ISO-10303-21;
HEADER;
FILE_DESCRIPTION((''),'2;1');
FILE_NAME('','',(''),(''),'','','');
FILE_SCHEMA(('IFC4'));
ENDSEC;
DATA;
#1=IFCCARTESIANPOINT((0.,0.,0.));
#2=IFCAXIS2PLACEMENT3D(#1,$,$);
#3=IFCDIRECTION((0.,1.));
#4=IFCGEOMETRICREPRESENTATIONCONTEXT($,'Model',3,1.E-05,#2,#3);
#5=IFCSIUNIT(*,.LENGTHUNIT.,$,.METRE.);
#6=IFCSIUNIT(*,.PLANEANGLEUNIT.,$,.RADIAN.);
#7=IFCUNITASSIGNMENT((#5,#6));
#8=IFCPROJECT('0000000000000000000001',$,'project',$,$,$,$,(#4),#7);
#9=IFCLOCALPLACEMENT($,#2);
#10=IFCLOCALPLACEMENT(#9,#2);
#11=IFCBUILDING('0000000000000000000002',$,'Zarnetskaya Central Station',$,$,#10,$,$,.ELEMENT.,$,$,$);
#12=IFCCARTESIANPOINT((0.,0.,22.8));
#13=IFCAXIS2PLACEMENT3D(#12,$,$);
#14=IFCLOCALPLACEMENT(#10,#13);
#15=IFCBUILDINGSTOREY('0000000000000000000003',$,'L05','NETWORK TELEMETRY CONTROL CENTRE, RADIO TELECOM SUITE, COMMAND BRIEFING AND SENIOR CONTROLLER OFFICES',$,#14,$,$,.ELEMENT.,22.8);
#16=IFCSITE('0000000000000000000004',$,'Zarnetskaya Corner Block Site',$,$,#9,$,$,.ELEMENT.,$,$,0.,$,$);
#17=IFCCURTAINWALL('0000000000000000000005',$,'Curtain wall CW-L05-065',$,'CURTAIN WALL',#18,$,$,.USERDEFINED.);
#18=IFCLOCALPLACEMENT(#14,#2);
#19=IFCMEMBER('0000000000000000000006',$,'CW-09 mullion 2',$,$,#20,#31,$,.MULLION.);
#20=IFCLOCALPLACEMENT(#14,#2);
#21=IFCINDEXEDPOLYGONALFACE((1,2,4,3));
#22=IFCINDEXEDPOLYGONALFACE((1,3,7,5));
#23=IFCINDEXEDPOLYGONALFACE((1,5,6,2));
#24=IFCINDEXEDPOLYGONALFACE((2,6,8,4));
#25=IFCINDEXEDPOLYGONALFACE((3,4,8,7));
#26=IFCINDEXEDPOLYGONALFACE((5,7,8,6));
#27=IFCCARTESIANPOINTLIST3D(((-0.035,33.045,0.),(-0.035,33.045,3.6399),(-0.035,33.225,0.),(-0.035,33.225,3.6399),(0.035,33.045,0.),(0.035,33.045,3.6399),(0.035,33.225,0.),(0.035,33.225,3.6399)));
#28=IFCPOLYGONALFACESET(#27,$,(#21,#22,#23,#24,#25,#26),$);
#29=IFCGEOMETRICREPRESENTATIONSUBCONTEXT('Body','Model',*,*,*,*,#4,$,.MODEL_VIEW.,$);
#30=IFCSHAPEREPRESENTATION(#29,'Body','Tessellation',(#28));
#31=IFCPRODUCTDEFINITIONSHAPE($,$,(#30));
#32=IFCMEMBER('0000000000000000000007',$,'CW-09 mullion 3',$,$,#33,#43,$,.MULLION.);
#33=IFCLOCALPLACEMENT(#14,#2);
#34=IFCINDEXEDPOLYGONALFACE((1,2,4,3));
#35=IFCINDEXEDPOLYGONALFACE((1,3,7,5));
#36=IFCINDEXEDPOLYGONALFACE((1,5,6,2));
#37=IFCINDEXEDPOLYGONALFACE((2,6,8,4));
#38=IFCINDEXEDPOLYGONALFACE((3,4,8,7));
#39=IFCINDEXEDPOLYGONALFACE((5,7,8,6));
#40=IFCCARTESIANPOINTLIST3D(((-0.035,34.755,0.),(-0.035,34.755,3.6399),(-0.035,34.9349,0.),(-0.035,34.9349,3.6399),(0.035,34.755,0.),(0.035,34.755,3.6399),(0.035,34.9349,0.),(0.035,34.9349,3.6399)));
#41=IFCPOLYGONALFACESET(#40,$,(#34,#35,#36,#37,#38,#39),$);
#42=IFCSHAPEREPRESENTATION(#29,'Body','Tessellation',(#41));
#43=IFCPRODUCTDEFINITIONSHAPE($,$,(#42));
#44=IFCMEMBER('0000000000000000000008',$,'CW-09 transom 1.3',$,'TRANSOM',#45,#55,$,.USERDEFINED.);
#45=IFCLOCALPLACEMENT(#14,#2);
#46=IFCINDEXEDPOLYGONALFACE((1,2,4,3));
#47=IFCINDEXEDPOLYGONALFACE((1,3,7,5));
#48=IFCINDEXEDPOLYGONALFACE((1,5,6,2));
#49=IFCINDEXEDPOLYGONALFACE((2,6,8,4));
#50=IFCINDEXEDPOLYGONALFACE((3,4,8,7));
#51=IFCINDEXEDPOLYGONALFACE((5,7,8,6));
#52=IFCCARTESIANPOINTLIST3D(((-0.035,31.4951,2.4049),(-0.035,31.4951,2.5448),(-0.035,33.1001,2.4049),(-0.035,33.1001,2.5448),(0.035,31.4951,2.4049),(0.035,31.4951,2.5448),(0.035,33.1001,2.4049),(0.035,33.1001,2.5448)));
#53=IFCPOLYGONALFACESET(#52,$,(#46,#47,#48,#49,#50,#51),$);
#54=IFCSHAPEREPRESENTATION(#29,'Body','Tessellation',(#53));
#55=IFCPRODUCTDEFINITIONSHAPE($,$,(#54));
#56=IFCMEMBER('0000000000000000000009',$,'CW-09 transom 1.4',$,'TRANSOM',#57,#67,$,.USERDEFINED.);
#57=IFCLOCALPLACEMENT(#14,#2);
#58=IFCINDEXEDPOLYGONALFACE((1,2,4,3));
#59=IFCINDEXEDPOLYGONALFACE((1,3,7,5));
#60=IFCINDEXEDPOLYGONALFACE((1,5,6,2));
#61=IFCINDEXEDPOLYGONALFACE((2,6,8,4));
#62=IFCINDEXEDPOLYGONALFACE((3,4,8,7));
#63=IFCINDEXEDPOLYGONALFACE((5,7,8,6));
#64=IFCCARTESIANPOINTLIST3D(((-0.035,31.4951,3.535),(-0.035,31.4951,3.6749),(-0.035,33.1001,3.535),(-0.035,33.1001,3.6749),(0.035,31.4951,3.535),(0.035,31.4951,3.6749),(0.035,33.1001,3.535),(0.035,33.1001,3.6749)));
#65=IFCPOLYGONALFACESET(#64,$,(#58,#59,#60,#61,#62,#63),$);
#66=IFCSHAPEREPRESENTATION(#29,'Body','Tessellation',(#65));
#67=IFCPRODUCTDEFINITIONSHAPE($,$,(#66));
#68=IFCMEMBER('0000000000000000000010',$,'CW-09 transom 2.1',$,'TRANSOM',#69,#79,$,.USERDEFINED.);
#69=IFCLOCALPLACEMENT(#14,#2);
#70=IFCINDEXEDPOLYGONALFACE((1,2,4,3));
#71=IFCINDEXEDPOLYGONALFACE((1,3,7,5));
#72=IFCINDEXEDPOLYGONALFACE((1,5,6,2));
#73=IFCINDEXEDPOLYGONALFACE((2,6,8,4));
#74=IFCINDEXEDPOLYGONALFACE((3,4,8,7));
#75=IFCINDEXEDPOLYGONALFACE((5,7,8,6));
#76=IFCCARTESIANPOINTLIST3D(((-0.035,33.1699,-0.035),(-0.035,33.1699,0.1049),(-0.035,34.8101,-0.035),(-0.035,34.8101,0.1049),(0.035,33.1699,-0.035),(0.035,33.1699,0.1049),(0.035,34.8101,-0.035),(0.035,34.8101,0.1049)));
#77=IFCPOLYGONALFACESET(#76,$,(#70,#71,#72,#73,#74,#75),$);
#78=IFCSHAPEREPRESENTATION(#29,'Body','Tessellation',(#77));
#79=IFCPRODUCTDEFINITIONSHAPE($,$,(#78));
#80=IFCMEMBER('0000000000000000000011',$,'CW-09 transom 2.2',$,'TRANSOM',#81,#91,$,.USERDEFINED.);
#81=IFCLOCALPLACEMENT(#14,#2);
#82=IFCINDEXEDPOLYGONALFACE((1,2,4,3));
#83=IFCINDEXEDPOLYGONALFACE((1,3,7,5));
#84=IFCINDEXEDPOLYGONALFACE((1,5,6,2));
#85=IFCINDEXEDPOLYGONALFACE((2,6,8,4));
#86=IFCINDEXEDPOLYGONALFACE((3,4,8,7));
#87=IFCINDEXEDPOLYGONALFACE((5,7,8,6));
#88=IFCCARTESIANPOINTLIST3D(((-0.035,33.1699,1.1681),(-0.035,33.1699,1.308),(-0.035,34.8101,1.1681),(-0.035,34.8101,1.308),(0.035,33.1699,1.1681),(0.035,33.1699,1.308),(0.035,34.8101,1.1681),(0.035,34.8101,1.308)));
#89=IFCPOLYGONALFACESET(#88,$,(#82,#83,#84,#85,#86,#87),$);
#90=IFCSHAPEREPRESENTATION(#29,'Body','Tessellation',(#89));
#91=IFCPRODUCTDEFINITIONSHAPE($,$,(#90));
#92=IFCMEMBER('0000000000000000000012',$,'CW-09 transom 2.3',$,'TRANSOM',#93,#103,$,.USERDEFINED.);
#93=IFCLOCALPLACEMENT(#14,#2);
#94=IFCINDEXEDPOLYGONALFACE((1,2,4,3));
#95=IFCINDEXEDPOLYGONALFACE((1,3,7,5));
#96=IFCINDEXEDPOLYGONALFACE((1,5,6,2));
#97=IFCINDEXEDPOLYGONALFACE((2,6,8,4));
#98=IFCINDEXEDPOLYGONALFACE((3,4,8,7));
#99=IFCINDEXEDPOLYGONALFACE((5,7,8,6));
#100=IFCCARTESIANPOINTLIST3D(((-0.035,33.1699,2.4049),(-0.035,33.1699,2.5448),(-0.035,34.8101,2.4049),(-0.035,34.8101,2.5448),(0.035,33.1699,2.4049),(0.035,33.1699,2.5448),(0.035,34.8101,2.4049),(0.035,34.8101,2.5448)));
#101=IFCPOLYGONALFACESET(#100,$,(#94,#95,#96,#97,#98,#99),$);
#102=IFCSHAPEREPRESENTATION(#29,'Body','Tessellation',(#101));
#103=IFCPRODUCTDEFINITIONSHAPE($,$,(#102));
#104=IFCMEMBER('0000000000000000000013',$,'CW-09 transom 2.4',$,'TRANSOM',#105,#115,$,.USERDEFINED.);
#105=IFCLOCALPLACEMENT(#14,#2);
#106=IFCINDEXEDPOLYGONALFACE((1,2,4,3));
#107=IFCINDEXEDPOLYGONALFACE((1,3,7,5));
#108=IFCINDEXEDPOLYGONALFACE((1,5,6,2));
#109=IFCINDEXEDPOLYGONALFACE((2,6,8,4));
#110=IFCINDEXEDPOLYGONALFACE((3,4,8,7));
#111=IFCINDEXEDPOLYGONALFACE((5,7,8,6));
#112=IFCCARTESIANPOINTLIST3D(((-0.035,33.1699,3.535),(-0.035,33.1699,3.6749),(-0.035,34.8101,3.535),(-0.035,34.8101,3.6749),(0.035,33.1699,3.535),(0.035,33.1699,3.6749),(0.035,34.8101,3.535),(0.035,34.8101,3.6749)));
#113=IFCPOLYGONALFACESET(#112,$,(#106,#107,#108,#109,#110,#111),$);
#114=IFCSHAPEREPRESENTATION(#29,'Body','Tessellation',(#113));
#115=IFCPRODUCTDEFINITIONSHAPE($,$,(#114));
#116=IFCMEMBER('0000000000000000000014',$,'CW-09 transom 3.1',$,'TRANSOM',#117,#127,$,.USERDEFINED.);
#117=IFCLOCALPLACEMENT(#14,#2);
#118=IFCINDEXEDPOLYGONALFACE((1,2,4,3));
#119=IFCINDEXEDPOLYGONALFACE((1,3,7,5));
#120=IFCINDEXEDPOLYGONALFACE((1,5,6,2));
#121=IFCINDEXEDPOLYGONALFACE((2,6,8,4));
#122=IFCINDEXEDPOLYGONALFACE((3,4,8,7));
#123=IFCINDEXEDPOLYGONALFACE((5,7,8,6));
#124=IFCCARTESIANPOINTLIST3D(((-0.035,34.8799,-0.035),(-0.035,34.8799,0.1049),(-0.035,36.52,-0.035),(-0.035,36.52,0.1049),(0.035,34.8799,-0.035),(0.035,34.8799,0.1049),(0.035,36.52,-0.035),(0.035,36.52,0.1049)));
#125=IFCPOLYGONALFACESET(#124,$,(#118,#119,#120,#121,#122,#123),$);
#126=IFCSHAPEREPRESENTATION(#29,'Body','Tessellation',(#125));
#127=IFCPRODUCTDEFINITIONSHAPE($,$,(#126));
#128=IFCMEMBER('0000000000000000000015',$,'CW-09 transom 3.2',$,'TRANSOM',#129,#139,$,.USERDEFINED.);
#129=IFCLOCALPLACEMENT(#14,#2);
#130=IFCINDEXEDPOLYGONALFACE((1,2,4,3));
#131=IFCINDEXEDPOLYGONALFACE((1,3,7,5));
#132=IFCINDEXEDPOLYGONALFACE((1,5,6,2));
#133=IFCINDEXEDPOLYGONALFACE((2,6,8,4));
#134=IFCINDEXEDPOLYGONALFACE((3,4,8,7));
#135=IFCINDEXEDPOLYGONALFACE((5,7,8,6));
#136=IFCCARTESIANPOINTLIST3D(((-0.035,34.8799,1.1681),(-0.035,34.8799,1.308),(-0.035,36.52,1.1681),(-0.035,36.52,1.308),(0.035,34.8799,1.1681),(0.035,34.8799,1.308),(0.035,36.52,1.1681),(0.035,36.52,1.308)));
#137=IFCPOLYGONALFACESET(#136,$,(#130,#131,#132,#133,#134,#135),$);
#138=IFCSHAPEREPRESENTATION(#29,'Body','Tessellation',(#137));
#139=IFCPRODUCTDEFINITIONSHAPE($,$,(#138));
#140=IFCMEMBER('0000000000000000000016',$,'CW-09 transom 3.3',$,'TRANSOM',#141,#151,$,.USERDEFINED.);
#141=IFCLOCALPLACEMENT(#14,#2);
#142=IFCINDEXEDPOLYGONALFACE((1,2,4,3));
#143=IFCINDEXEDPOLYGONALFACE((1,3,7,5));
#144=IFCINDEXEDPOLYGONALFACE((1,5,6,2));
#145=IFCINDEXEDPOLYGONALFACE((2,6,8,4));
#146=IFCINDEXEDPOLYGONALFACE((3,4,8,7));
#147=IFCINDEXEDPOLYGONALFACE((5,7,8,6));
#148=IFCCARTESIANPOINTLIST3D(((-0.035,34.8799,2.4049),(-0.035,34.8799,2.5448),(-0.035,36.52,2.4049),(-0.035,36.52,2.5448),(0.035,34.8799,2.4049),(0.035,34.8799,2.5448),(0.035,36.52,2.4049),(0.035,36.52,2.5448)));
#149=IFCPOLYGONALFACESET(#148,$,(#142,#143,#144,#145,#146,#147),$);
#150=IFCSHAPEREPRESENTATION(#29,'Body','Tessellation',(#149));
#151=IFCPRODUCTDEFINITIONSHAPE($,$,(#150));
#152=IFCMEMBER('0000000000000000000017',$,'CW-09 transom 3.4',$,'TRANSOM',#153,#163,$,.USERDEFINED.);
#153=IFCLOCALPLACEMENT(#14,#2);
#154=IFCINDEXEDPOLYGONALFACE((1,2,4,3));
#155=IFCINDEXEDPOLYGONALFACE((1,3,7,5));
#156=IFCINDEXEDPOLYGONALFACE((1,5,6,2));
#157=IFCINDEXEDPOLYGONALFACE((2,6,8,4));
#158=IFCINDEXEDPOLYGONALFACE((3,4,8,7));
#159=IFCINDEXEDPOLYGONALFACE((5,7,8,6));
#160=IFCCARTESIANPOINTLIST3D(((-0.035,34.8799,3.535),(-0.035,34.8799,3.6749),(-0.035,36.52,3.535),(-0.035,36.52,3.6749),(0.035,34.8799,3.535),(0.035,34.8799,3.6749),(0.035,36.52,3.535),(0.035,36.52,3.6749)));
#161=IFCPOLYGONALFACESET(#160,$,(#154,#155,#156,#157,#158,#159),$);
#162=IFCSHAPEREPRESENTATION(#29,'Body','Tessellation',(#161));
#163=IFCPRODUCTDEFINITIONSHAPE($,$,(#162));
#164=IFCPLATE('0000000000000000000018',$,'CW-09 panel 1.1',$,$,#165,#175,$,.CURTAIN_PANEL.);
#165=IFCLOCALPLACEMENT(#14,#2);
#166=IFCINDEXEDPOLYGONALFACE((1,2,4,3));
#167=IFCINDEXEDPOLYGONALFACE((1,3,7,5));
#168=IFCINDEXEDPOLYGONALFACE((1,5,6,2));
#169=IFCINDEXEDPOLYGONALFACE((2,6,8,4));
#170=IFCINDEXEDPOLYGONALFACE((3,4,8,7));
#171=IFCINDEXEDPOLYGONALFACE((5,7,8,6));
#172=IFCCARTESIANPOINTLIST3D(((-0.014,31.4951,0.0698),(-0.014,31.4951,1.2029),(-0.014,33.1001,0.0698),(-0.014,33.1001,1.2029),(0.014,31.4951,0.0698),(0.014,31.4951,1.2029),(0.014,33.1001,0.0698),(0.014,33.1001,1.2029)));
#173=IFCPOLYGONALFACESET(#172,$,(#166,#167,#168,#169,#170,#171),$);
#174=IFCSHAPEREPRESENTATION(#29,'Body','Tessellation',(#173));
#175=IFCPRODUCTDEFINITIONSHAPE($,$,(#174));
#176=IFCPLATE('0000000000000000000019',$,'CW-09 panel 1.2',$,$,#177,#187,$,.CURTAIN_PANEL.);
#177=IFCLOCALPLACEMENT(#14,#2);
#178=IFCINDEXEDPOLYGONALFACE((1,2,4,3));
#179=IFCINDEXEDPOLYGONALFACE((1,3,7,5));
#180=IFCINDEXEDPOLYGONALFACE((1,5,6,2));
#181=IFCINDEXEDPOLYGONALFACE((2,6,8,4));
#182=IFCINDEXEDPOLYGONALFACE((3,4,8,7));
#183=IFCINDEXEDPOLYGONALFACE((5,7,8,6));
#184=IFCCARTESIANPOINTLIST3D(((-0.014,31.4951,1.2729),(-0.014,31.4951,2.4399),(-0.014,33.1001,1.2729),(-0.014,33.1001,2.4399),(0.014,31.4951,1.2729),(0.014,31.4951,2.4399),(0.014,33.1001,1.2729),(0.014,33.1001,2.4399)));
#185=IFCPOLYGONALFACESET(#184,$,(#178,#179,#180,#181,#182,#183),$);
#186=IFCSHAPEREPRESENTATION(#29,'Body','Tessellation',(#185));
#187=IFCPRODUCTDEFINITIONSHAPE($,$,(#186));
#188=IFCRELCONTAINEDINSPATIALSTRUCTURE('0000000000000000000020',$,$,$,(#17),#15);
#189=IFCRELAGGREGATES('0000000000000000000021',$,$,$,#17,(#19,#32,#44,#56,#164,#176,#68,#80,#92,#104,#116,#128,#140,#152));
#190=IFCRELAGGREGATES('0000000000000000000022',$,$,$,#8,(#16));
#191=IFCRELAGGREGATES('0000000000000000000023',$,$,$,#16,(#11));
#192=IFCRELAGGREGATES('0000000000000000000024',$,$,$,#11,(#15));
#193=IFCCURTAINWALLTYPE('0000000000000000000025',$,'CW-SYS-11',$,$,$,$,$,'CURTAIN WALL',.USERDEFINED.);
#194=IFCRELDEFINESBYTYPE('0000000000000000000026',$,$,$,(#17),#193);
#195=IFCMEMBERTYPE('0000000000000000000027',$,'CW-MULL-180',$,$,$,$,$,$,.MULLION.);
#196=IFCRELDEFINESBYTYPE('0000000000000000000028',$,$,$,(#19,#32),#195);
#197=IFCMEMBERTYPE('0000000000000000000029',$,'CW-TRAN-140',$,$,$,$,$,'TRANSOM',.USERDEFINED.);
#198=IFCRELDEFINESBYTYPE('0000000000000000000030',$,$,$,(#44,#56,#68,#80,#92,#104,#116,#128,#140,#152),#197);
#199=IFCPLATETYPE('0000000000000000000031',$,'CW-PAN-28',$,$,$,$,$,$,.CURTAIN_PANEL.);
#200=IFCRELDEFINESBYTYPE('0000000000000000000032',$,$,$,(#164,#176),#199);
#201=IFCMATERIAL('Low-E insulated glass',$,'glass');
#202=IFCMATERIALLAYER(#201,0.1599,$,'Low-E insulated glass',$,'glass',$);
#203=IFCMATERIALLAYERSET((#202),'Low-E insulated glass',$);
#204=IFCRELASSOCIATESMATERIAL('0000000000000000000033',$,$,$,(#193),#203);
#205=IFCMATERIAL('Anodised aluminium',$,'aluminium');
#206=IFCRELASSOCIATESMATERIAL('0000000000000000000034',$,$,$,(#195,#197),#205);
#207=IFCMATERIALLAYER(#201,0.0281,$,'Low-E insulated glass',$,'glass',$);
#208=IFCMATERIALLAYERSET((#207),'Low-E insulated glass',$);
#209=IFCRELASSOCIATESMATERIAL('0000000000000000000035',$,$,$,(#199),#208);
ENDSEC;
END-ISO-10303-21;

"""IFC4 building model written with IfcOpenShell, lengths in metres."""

from ifc_helpers import new_model, si_unit, direction, frame, origin, origin_2d, place, context, subcontext, project, spatial, rectangle, extrude, material, layer, layer_set, material_profile, profile_set, type_object, element, aggregate, save


model = new_model("IFC4")

# Units and contexts
model_context = context("Model", 3, precision=1e-05, world=origin(), true_north=direction((0.0, 1.0)))
body_context = subcontext(model_context, "Body", "Model", "MODEL_VIEW")
ifc_project = project(units=[si_unit("LENGTHUNIT", "METRE"), si_unit("PLANEANGLEUNIT", "RADIAN")], contexts=[model_context])

# Site, building, storey
site_placement = place(None, origin())
site = spatial("IfcSite", under=ifc_project, at=site_placement, Name="Zarnetskaya Corner Block Site", CompositionType="ELEMENT", RefElevation=0.0)
building_placement = place(site_placement, origin())
building = spatial("IfcBuilding", under=site, at=building_placement, Name="Zarnetskaya Central Station", CompositionType="ELEMENT")
storey_placement = place(building_placement, frame((0.0, 0.0, 22.8)))
storey = spatial("IfcBuildingStorey", under=building, at=storey_placement, Name="L05", Description="NETWORK TELEMETRY CONTROL CENTRE, RADIO TELECOM SUITE, COMMAND BRIEFING AND SENIOR CONTROLLER OFFICES", CompositionType="ELEMENT", Elevation=22.8)

# Curtain wall, members, plates
ifc_material_1 = material(Name="Low-E insulated glass", Category="glass")
ifc_layer_1 = layer(ifc_material_1, 0.1599, Name="Low-E insulated glass", Category="glass")
ifc_layer_set_1 = layer_set([ifc_layer_1], Name="Low-E insulated glass")
curtain_wall_type = type_object("IfcCurtainWallType", Name="CW-SYS-11", ElementType="CURTAIN WALL", PredefinedType="USERDEFINED", material=ifc_layer_set_1)
curtain_wall_placement = place(storey_placement, origin())
curtain_wall = element("IfcCurtainWall", 1, at=curtain_wall_placement, inside=storey, type_object=curtain_wall_type, Name="Curtain wall CW-L05-065", ObjectType="CURTAIN WALL", PredefinedType="USERDEFINED")
ifc_material_2 = material(Name="Anodised aluminium", Category="aluminium")
ifc_material_profile_1 = material_profile(ifc_material_2, rectangle(XDim=0.0701, YDim=0.1799, at=origin_2d()), Name="ALU MULL 70x180")
ifc_profile_set_1 = profile_set([ifc_material_profile_1], Name="Anodised aluminium")
member_type_1 = type_object("IfcMemberType", Name="CW-MULL-180", PredefinedType="MULLION", material=ifc_profile_set_1)
member_1_placement = place(storey_placement, frame((0.0, 33.135, 0.0), z_axis=(0.0, 0.0, 1.0), x_axis=(-1.0, 0.0, 0.0)))
member_1 = element("IfcMember", 2, at=member_1_placement, type_object=member_type_1, Name="CW-09 mullion 2", PredefinedType="MULLION", context=body_context, shape_type="SweptSolid", body=[
    extrude(rectangle(XDim=0.0701, YDim=0.1799, at=origin_2d()), origin(), (0.0, 0.0, 1.0), 3.6399),
])
member_2_placement = place(storey_placement, frame((0.0, 34.845, 0.0), z_axis=(0.0, 0.0, 1.0), x_axis=(-1.0, 0.0, 0.0)))
member_2 = element("IfcMember", 3, at=member_2_placement, type_object=member_type_1, Name="CW-09 mullion 3", PredefinedType="MULLION", context=body_context, shape_type="SweptSolid", body=[
    extrude(rectangle(XDim=0.0701, YDim=0.1799, at=origin_2d()), origin(), (0.0, 0.0, 1.0), 3.6399),
])
ifc_material_profile_2 = material_profile(ifc_material_2, rectangle(XDim=0.0701, YDim=0.1399, at=origin_2d()), Name="ALU TRAN 70x140")
ifc_profile_set_2 = profile_set([ifc_material_profile_2], Name="Anodised aluminium")
member_type_2 = type_object("IfcMemberType", Name="CW-TRAN-140", ElementType="TRANSOM", PredefinedType="USERDEFINED", material=ifc_profile_set_2)
member_3_placement = place(storey_placement, frame((0.0, 31.4951, 2.4749), z_axis=(0.0, 1.0, 0.0), x_axis=(-1.0, 0.0, 0.0)))
member_3 = element("IfcMember", 4, at=member_3_placement, type_object=member_type_2, Name="CW-09 transom 1.3", ObjectType="TRANSOM", PredefinedType="USERDEFINED", context=body_context, shape_type="SweptSolid", body=[
    extrude(rectangle(XDim=0.0701, YDim=0.1399, at=origin_2d()), origin(), (0.0, 0.0, 1.0), 1.605),
])
member_4_placement = place(storey_placement, frame((0.0, 31.4951, 3.605), z_axis=(0.0, 1.0, 0.0), x_axis=(-1.0, 0.0, 0.0)))
member_4 = element("IfcMember", 5, at=member_4_placement, type_object=member_type_2, Name="CW-09 transom 1.4", ObjectType="TRANSOM", PredefinedType="USERDEFINED", context=body_context, shape_type="SweptSolid", body=[
    extrude(rectangle(XDim=0.0701, YDim=0.1399, at=origin_2d()), origin(), (0.0, 0.0, 1.0), 1.605),
])
member_5_placement = place(storey_placement, frame((0.0, 33.1699, 0.0349), z_axis=(0.0, 1.0, 0.0), x_axis=(-1.0, 0.0, 0.0)))
member_5 = element("IfcMember", 6, at=member_5_placement, type_object=member_type_2, Name="CW-09 transom 2.1", ObjectType="TRANSOM", PredefinedType="USERDEFINED", context=body_context, shape_type="SweptSolid", body=[
    extrude(rectangle(XDim=0.0701, YDim=0.1399, at=origin_2d()), origin(), (0.0, 0.0, 1.0), 1.6401),
])
member_6_placement = place(storey_placement, frame((0.0, 33.1699, 1.238), z_axis=(0.0, 1.0, 0.0), x_axis=(-1.0, 0.0, 0.0)))
member_6 = element("IfcMember", 7, at=member_6_placement, type_object=member_type_2, Name="CW-09 transom 2.2", ObjectType="TRANSOM", PredefinedType="USERDEFINED", context=body_context, shape_type="SweptSolid", body=[
    extrude(rectangle(XDim=0.0701, YDim=0.1399, at=origin_2d()), origin(), (0.0, 0.0, 1.0), 1.6401),
])
member_7_placement = place(storey_placement, frame((0.0, 33.1699, 2.4749), z_axis=(0.0, 1.0, 0.0), x_axis=(-1.0, 0.0, 0.0)))
member_7 = element("IfcMember", 8, at=member_7_placement, type_object=member_type_2, Name="CW-09 transom 2.3", ObjectType="TRANSOM", PredefinedType="USERDEFINED", context=body_context, shape_type="SweptSolid", body=[
    extrude(rectangle(XDim=0.0701, YDim=0.1399, at=origin_2d()), origin(), (0.0, 0.0, 1.0), 1.6401),
])
member_8_placement = place(storey_placement, frame((0.0, 33.1699, 3.605), z_axis=(0.0, 1.0, 0.0), x_axis=(-1.0, 0.0, 0.0)))
member_8 = element("IfcMember", 9, at=member_8_placement, type_object=member_type_2, Name="CW-09 transom 2.4", ObjectType="TRANSOM", PredefinedType="USERDEFINED", context=body_context, shape_type="SweptSolid", body=[
    extrude(rectangle(XDim=0.0701, YDim=0.1399, at=origin_2d()), origin(), (0.0, 0.0, 1.0), 1.6401),
])
member_9_placement = place(storey_placement, frame((0.0, 34.8799, 0.0349), z_axis=(0.0, 1.0, 0.0), x_axis=(-1.0, 0.0, 0.0)))
member_9 = element("IfcMember", 10, at=member_9_placement, type_object=member_type_2, Name="CW-09 transom 3.1", ObjectType="TRANSOM", PredefinedType="USERDEFINED", context=body_context, shape_type="SweptSolid", body=[
    extrude(rectangle(XDim=0.0701, YDim=0.1399, at=origin_2d()), origin(), (0.0, 0.0, 1.0), 1.6401),
])
member_10_placement = place(storey_placement, frame((0.0, 34.8799, 1.238), z_axis=(0.0, 1.0, 0.0), x_axis=(-1.0, 0.0, 0.0)))
member_10 = element("IfcMember", 11, at=member_10_placement, type_object=member_type_2, Name="CW-09 transom 3.2", ObjectType="TRANSOM", PredefinedType="USERDEFINED", context=body_context, shape_type="SweptSolid", body=[
    extrude(rectangle(XDim=0.0701, YDim=0.1399, at=origin_2d()), origin(), (0.0, 0.0, 1.0), 1.6401),
])
member_11_placement = place(storey_placement, frame((0.0, 34.8799, 2.4749), z_axis=(0.0, 1.0, 0.0), x_axis=(-1.0, 0.0, 0.0)))
member_11 = element("IfcMember", 12, at=member_11_placement, type_object=member_type_2, Name="CW-09 transom 3.3", ObjectType="TRANSOM", PredefinedType="USERDEFINED", context=body_context, shape_type="SweptSolid", body=[
    extrude(rectangle(XDim=0.0701, YDim=0.1399, at=origin_2d()), origin(), (0.0, 0.0, 1.0), 1.6401),
])
member_12_placement = place(storey_placement, frame((0.0, 34.8799, 3.605), z_axis=(0.0, 1.0, 0.0), x_axis=(-1.0, 0.0, 0.0)))
member_12 = element("IfcMember", 13, at=member_12_placement, type_object=member_type_2, Name="CW-09 transom 3.4", ObjectType="TRANSOM", PredefinedType="USERDEFINED", context=body_context, shape_type="SweptSolid", body=[
    extrude(rectangle(XDim=0.0701, YDim=0.1399, at=origin_2d()), origin(), (0.0, 0.0, 1.0), 1.6401),
])
ifc_layer_2 = layer(ifc_material_1, 0.0281, Name="Low-E insulated glass", Category="glass")
ifc_layer_set_2 = layer_set([ifc_layer_2], Name="Low-E insulated glass")
plate_type = type_object("IfcPlateType", Name="CW-PAN-28", PredefinedType="CURTAIN_PANEL", material=ifc_layer_set_2)
plate_1_placement = place(storey_placement, frame((0.0, 32.2976, 0.0698), z_axis=(0.0, 0.0, 1.0), x_axis=(0.0, 1.0, 0.0)))
plate_1 = element("IfcPlate", 14, at=plate_1_placement, type_object=plate_type, Name="CW-09 panel 1.1", PredefinedType="CURTAIN_PANEL", context=body_context, shape_type="SweptSolid", body=[
    extrude(rectangle(XDim=1.605, YDim=0.0281, at=origin_2d()), origin(), (0.0, 0.0, 1.0), 1.1331),
])
plate_2_placement = place(storey_placement, frame((0.0, 32.2976, 1.2729), z_axis=(0.0, 0.0, 1.0), x_axis=(0.0, 1.0, 0.0)))
plate_2 = element("IfcPlate", 15, at=plate_2_placement, type_object=plate_type, Name="CW-09 panel 1.2", PredefinedType="CURTAIN_PANEL", context=body_context, shape_type="SweptSolid", body=[
    extrude(rectangle(XDim=1.605, YDim=0.0281, at=origin_2d()), origin(), (0.0, 0.0, 1.0), 1.167),
])
aggregate(curtain_wall, [member_1, member_2, member_3, member_4, plate_1, plate_2, member_5, member_6, member_7, member_8, member_9, member_10, member_11, member_12])

save(model, "model.ifc")
